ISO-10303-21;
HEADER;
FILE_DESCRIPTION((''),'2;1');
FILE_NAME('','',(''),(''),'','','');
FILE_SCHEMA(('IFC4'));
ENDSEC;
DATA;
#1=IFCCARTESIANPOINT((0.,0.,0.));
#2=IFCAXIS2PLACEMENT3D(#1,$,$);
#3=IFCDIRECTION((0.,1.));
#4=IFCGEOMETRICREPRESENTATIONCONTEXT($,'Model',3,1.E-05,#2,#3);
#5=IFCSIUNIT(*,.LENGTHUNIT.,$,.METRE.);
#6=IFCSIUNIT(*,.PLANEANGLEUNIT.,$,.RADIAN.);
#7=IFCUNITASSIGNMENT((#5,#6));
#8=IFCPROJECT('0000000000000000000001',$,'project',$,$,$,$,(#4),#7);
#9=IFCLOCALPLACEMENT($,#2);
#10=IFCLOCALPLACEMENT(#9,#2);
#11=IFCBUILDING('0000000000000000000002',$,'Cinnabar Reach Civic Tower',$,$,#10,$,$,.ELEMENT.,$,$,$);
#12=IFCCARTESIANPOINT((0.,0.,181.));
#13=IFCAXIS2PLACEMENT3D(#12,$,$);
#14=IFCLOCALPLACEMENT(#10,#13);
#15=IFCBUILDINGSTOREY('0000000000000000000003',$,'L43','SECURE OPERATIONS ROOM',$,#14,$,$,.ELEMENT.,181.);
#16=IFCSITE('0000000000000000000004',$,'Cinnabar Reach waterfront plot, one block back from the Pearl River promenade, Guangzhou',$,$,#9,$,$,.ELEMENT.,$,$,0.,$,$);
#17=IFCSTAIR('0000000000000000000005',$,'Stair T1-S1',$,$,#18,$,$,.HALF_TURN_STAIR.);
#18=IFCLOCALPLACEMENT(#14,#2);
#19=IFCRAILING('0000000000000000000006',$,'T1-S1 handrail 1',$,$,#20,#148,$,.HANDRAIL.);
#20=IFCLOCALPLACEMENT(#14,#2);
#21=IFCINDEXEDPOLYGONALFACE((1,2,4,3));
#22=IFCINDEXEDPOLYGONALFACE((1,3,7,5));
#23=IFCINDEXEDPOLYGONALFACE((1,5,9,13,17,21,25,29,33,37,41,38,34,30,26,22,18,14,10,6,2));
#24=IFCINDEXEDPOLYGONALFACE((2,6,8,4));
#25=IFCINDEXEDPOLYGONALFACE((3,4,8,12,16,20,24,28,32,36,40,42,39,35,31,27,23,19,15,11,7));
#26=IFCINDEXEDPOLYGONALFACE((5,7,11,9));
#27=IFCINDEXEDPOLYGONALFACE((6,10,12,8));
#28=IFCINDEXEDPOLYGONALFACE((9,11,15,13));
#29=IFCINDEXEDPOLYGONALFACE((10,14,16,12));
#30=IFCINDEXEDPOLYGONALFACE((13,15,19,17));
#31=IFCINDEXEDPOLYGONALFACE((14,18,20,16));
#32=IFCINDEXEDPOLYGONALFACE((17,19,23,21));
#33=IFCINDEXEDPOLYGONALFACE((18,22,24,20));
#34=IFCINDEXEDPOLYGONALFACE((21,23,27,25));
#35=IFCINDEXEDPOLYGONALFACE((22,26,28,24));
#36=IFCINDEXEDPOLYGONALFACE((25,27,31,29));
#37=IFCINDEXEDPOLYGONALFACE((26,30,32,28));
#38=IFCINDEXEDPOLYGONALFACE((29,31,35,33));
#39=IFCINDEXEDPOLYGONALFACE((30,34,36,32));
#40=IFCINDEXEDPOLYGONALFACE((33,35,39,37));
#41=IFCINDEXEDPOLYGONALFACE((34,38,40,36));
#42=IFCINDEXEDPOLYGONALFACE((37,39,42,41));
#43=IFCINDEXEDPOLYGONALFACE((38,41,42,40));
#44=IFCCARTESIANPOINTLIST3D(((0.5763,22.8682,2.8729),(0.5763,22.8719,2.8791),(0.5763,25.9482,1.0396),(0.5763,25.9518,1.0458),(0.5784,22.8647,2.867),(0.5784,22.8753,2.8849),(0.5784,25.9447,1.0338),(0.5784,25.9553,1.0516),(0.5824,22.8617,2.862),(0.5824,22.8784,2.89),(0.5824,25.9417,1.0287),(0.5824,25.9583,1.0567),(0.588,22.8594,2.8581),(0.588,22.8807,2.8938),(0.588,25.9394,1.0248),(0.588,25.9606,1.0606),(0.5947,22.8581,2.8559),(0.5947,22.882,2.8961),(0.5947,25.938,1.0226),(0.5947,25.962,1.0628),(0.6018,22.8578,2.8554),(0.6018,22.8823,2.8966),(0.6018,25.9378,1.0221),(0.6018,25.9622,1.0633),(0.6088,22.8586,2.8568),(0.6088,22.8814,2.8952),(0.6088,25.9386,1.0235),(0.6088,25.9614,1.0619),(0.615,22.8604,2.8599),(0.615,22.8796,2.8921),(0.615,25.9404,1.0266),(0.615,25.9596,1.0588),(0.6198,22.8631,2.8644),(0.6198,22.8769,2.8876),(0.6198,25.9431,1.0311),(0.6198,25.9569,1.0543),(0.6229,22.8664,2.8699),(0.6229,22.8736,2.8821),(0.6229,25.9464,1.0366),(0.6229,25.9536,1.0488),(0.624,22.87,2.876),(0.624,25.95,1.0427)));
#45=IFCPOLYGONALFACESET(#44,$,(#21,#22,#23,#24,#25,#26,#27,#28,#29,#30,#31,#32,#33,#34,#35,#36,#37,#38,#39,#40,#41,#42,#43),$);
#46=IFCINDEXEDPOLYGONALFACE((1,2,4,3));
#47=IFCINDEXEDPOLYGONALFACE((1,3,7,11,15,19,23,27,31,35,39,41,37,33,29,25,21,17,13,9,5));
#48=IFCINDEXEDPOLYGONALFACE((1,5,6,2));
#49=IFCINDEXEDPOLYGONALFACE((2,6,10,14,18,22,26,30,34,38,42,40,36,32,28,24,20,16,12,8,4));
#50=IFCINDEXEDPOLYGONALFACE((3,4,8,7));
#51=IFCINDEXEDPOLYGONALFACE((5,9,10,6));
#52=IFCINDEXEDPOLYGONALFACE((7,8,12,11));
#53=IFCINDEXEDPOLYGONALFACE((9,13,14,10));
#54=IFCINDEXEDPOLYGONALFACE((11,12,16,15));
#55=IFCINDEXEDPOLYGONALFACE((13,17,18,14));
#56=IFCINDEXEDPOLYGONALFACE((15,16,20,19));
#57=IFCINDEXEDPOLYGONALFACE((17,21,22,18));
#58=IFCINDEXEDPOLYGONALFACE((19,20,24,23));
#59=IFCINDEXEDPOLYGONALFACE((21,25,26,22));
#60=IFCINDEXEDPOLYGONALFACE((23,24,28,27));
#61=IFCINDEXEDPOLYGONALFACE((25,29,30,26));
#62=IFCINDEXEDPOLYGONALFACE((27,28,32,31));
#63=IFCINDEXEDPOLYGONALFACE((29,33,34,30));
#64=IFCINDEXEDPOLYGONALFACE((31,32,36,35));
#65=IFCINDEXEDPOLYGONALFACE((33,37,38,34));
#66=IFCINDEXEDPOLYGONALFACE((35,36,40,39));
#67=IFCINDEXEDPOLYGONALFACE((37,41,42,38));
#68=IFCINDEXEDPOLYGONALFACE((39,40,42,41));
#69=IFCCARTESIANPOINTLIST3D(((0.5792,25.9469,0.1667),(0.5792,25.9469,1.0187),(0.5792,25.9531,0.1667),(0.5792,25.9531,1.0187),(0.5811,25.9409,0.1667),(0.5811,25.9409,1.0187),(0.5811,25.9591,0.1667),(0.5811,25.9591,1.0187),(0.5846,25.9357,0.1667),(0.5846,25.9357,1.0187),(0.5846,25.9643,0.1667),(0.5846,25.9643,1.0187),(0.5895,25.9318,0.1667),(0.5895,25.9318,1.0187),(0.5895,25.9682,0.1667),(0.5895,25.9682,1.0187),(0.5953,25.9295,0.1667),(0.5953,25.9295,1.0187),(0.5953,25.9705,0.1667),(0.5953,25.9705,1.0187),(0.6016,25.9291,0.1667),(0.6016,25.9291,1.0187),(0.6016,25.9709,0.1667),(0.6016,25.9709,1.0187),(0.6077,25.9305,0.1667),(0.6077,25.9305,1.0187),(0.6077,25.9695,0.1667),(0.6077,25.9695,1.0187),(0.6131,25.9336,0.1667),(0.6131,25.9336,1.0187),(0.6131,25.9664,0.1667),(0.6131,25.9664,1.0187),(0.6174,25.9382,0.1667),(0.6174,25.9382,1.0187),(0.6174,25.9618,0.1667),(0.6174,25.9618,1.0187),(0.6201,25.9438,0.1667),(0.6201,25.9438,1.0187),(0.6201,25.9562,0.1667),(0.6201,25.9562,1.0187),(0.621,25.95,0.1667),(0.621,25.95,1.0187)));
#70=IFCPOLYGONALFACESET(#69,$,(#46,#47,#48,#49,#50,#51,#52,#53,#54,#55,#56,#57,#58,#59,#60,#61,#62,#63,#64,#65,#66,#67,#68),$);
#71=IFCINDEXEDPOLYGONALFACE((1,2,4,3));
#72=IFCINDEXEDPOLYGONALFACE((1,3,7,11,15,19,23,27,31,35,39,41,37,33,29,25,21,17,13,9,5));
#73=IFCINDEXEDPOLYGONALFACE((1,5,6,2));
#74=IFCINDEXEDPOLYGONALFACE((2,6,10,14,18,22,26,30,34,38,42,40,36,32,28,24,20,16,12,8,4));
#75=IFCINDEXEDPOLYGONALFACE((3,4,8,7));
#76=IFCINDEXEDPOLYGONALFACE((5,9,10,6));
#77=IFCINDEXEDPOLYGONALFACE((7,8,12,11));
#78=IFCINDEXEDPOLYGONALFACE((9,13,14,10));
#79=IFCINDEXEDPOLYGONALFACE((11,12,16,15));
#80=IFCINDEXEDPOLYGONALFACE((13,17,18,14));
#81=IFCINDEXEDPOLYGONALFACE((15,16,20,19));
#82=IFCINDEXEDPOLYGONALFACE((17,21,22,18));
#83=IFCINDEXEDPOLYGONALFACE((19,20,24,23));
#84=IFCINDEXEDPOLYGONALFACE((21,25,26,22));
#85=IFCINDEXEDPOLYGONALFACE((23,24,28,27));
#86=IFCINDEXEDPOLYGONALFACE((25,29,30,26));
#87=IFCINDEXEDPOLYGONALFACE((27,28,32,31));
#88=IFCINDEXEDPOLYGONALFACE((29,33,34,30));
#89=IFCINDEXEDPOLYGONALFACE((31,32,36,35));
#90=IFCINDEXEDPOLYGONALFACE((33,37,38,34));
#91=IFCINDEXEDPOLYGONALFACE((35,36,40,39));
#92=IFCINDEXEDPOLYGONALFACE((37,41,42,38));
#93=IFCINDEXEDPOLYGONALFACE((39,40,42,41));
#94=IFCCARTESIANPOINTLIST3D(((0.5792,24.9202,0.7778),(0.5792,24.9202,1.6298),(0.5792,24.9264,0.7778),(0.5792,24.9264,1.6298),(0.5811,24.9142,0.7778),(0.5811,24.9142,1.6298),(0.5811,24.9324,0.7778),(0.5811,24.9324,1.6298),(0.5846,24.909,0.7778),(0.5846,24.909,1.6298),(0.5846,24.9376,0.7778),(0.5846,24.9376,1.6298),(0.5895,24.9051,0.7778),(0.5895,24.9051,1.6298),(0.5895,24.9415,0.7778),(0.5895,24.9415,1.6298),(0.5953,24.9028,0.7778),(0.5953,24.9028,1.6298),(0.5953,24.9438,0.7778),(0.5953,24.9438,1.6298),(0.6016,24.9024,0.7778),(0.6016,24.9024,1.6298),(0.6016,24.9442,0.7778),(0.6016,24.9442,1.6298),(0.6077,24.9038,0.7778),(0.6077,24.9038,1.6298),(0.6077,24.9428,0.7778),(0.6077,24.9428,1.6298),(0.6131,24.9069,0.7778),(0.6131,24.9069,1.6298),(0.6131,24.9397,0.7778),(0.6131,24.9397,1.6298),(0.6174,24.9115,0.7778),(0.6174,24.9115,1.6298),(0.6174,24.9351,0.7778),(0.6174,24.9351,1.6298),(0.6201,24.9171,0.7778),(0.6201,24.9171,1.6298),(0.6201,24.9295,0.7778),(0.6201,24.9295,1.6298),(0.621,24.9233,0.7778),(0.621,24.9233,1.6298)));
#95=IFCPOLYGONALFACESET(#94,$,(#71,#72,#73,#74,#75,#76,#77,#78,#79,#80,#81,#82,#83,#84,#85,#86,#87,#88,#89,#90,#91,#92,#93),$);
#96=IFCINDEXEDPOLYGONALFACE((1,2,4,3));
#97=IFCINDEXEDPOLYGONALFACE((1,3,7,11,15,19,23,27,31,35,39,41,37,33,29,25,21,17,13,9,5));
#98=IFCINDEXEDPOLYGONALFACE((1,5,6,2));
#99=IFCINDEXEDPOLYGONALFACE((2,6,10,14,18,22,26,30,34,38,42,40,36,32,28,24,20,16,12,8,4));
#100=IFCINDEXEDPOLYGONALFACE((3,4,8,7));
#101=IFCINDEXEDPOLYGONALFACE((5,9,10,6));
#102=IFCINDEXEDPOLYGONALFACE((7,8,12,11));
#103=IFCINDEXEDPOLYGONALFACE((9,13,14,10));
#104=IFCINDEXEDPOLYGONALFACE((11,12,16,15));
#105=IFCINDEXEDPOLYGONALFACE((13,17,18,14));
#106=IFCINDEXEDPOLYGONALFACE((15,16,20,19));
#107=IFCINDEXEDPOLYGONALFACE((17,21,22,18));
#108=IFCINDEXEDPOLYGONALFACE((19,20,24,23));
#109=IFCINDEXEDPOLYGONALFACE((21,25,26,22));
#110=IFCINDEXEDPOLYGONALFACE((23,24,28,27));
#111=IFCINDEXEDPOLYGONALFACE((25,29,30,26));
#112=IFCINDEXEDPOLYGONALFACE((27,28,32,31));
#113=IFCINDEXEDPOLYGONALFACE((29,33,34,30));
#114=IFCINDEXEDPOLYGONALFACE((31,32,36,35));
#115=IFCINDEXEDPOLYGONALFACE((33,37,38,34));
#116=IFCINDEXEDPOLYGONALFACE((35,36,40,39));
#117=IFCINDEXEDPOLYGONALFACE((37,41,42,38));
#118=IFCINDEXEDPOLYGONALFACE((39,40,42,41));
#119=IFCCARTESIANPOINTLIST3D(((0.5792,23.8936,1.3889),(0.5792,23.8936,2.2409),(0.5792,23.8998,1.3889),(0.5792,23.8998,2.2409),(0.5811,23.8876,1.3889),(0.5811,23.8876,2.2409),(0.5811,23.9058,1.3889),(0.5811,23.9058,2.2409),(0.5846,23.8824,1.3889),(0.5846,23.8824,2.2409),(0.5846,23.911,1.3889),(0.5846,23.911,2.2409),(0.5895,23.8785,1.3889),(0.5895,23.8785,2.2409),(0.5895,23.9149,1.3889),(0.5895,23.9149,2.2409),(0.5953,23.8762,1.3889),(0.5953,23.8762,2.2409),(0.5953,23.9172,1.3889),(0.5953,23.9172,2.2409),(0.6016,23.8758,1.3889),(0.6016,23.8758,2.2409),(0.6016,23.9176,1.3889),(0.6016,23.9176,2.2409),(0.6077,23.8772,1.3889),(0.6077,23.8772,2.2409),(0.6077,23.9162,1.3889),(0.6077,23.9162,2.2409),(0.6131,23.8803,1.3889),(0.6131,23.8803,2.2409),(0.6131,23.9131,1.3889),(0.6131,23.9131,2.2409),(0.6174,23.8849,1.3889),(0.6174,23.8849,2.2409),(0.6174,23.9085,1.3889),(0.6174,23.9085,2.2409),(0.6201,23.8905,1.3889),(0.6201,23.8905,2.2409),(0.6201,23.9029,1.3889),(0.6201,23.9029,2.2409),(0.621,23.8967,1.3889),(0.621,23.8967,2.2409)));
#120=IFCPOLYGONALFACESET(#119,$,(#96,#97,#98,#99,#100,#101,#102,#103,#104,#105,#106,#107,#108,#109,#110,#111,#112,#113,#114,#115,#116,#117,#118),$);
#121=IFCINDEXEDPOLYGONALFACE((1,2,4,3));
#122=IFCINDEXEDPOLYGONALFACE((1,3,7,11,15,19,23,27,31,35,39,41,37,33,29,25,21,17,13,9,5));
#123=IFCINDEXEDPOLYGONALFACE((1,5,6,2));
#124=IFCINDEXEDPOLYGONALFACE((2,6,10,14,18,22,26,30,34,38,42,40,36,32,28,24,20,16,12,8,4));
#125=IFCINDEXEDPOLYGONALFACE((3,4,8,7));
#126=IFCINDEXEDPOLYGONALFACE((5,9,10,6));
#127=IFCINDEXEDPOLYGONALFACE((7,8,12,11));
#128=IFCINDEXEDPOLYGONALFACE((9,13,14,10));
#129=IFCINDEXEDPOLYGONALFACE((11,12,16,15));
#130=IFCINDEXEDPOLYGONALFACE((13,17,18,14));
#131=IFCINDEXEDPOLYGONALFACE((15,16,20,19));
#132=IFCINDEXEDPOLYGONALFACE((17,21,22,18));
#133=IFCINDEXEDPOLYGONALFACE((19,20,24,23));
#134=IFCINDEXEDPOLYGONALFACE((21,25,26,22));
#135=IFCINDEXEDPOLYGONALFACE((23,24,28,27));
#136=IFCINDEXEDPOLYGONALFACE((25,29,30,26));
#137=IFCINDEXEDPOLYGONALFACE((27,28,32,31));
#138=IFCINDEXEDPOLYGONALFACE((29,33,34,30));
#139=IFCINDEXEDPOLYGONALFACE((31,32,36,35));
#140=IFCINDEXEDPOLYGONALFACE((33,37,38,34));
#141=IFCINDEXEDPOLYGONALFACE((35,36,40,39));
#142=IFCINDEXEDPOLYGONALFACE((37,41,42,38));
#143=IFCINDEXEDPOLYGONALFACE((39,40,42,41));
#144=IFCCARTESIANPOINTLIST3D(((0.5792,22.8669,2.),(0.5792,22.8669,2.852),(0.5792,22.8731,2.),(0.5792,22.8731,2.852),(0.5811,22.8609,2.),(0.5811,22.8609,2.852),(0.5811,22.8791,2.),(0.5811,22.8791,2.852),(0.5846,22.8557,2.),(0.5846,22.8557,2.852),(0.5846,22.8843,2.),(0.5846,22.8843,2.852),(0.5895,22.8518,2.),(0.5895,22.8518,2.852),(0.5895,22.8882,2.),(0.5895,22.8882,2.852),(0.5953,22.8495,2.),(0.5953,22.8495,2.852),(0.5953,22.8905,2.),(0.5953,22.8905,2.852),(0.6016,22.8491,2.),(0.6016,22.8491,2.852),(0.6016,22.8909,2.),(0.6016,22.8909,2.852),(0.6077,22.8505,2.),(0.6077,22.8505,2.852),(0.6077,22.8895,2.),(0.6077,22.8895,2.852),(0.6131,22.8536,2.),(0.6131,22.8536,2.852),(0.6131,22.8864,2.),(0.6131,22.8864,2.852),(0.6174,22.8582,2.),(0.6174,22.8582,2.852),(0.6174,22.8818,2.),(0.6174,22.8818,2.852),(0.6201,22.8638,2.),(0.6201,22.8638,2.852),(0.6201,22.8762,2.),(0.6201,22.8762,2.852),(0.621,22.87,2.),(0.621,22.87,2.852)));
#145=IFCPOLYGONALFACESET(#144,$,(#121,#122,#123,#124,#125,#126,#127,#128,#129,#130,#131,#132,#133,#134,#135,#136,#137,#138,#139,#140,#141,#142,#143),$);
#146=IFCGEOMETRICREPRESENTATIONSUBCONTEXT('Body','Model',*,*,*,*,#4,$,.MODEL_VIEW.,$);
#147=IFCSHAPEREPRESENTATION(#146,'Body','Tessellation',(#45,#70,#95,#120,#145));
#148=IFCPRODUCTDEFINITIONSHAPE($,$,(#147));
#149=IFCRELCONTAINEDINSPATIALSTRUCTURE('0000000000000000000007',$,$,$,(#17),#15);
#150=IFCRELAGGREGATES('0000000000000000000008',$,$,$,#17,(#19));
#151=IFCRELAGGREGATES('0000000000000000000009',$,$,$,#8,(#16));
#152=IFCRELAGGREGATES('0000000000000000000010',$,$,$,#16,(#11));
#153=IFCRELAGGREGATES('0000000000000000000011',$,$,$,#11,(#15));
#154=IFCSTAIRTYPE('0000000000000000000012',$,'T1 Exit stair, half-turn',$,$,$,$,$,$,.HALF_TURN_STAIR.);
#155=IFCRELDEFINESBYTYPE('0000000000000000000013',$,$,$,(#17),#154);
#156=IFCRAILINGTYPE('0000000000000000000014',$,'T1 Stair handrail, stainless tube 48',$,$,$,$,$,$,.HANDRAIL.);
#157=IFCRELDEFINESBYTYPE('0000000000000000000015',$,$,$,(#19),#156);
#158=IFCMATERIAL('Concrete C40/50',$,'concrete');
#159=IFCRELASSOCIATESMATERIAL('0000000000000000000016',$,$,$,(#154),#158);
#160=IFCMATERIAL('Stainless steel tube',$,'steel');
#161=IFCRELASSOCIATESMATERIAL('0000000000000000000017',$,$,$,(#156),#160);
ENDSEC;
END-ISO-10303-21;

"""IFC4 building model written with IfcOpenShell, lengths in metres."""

from ifc_helpers import new_model, si_unit, direction, frame, origin, origin_2d, place, context, subcontext, project, spatial, circle, extrude, material, type_object, element, aggregate, save


model = new_model("IFC4")

# Units and contexts
model_context = context("Model", 3, precision=1e-05, world=origin(), true_north=direction((0.0, 1.0)))
body_context = subcontext(model_context, "Body", "Model", "MODEL_VIEW")
ifc_project = project(units=[si_unit("LENGTHUNIT", "METRE"), si_unit("PLANEANGLEUNIT", "RADIAN")], contexts=[model_context])

# Site, building, storey
site_placement = place(None, origin())
site = spatial("IfcSite", under=ifc_project, at=site_placement, Name="Cinnabar Reach waterfront plot, one block back from the Pearl River promenade, Guangzhou", CompositionType="ELEMENT", RefElevation=0.0)
building_placement = place(site_placement, origin())
building = spatial("IfcBuilding", under=site, at=building_placement, Name="Cinnabar Reach Civic Tower", CompositionType="ELEMENT")
storey_placement = place(building_placement, frame((0.0, 0.0, 181.0)))
storey = spatial("IfcBuildingStorey", under=building, at=storey_placement, Name="L43", Description="SECURE OPERATIONS ROOM", CompositionType="ELEMENT", Elevation=181.0)

# Shared definitions
ifc_material_1 = material(Name="Concrete C40/50", Category="concrete")

# Stair, railing
stair_type = type_object("IfcStairType", Name="T1 Exit stair, half-turn", PredefinedType="HALF_TURN_STAIR", material=ifc_material_1)
stair_placement = place(storey_placement, origin())
stair = element("IfcStair", 1, at=stair_placement, inside=storey, type_object=stair_type, Name="Stair T1-S1", PredefinedType="HALF_TURN_STAIR")
ifc_material_2 = material(Name="Stainless steel tube", Category="steel")
railing_type = type_object("IfcRailingType", Name="T1 Stair handrail, stainless tube 48", PredefinedType="HANDRAIL", material=ifc_material_2)
railing_1_placement = place(storey_placement, frame((0.6, 25.95, 0.1667)))
railing_1 = element("IfcRailing", 2, at=railing_1_placement, type_object=railing_type, Name="T1-S1 handrail 1", PredefinedType="HANDRAIL", context=body_context, shape_type="SweptSolid", body=[
    extrude(circle(Radius=0.024, at=origin_2d()), frame((0.0, 0.0, 0.876), z_axis=(0.0, -0.859297, 0.511477), x_axis=(1.0, 0.0, 0.0)), (0.0, 0.0, 1.0), 3.5843),
    extrude(circle(Radius=0.021, at=origin_2d()), origin(), (0.0, 0.0, 1.0), 0.852),
    extrude(circle(Radius=0.021, at=origin_2d()), frame((0.0, -1.0267, 0.6111)), (0.0, 0.0, 1.0), 0.852),
    extrude(circle(Radius=0.021, at=origin_2d()), frame((0.0, -2.0533, 1.2222)), (0.0, 0.0, 1.0), 0.852),
    extrude(circle(Radius=0.021, at=origin_2d()), frame((0.0, -3.08, 1.8333)), (0.0, 0.0, 1.0), 0.852),
])
aggregate(stair, [railing_1])

save(model, "model.ifc")
